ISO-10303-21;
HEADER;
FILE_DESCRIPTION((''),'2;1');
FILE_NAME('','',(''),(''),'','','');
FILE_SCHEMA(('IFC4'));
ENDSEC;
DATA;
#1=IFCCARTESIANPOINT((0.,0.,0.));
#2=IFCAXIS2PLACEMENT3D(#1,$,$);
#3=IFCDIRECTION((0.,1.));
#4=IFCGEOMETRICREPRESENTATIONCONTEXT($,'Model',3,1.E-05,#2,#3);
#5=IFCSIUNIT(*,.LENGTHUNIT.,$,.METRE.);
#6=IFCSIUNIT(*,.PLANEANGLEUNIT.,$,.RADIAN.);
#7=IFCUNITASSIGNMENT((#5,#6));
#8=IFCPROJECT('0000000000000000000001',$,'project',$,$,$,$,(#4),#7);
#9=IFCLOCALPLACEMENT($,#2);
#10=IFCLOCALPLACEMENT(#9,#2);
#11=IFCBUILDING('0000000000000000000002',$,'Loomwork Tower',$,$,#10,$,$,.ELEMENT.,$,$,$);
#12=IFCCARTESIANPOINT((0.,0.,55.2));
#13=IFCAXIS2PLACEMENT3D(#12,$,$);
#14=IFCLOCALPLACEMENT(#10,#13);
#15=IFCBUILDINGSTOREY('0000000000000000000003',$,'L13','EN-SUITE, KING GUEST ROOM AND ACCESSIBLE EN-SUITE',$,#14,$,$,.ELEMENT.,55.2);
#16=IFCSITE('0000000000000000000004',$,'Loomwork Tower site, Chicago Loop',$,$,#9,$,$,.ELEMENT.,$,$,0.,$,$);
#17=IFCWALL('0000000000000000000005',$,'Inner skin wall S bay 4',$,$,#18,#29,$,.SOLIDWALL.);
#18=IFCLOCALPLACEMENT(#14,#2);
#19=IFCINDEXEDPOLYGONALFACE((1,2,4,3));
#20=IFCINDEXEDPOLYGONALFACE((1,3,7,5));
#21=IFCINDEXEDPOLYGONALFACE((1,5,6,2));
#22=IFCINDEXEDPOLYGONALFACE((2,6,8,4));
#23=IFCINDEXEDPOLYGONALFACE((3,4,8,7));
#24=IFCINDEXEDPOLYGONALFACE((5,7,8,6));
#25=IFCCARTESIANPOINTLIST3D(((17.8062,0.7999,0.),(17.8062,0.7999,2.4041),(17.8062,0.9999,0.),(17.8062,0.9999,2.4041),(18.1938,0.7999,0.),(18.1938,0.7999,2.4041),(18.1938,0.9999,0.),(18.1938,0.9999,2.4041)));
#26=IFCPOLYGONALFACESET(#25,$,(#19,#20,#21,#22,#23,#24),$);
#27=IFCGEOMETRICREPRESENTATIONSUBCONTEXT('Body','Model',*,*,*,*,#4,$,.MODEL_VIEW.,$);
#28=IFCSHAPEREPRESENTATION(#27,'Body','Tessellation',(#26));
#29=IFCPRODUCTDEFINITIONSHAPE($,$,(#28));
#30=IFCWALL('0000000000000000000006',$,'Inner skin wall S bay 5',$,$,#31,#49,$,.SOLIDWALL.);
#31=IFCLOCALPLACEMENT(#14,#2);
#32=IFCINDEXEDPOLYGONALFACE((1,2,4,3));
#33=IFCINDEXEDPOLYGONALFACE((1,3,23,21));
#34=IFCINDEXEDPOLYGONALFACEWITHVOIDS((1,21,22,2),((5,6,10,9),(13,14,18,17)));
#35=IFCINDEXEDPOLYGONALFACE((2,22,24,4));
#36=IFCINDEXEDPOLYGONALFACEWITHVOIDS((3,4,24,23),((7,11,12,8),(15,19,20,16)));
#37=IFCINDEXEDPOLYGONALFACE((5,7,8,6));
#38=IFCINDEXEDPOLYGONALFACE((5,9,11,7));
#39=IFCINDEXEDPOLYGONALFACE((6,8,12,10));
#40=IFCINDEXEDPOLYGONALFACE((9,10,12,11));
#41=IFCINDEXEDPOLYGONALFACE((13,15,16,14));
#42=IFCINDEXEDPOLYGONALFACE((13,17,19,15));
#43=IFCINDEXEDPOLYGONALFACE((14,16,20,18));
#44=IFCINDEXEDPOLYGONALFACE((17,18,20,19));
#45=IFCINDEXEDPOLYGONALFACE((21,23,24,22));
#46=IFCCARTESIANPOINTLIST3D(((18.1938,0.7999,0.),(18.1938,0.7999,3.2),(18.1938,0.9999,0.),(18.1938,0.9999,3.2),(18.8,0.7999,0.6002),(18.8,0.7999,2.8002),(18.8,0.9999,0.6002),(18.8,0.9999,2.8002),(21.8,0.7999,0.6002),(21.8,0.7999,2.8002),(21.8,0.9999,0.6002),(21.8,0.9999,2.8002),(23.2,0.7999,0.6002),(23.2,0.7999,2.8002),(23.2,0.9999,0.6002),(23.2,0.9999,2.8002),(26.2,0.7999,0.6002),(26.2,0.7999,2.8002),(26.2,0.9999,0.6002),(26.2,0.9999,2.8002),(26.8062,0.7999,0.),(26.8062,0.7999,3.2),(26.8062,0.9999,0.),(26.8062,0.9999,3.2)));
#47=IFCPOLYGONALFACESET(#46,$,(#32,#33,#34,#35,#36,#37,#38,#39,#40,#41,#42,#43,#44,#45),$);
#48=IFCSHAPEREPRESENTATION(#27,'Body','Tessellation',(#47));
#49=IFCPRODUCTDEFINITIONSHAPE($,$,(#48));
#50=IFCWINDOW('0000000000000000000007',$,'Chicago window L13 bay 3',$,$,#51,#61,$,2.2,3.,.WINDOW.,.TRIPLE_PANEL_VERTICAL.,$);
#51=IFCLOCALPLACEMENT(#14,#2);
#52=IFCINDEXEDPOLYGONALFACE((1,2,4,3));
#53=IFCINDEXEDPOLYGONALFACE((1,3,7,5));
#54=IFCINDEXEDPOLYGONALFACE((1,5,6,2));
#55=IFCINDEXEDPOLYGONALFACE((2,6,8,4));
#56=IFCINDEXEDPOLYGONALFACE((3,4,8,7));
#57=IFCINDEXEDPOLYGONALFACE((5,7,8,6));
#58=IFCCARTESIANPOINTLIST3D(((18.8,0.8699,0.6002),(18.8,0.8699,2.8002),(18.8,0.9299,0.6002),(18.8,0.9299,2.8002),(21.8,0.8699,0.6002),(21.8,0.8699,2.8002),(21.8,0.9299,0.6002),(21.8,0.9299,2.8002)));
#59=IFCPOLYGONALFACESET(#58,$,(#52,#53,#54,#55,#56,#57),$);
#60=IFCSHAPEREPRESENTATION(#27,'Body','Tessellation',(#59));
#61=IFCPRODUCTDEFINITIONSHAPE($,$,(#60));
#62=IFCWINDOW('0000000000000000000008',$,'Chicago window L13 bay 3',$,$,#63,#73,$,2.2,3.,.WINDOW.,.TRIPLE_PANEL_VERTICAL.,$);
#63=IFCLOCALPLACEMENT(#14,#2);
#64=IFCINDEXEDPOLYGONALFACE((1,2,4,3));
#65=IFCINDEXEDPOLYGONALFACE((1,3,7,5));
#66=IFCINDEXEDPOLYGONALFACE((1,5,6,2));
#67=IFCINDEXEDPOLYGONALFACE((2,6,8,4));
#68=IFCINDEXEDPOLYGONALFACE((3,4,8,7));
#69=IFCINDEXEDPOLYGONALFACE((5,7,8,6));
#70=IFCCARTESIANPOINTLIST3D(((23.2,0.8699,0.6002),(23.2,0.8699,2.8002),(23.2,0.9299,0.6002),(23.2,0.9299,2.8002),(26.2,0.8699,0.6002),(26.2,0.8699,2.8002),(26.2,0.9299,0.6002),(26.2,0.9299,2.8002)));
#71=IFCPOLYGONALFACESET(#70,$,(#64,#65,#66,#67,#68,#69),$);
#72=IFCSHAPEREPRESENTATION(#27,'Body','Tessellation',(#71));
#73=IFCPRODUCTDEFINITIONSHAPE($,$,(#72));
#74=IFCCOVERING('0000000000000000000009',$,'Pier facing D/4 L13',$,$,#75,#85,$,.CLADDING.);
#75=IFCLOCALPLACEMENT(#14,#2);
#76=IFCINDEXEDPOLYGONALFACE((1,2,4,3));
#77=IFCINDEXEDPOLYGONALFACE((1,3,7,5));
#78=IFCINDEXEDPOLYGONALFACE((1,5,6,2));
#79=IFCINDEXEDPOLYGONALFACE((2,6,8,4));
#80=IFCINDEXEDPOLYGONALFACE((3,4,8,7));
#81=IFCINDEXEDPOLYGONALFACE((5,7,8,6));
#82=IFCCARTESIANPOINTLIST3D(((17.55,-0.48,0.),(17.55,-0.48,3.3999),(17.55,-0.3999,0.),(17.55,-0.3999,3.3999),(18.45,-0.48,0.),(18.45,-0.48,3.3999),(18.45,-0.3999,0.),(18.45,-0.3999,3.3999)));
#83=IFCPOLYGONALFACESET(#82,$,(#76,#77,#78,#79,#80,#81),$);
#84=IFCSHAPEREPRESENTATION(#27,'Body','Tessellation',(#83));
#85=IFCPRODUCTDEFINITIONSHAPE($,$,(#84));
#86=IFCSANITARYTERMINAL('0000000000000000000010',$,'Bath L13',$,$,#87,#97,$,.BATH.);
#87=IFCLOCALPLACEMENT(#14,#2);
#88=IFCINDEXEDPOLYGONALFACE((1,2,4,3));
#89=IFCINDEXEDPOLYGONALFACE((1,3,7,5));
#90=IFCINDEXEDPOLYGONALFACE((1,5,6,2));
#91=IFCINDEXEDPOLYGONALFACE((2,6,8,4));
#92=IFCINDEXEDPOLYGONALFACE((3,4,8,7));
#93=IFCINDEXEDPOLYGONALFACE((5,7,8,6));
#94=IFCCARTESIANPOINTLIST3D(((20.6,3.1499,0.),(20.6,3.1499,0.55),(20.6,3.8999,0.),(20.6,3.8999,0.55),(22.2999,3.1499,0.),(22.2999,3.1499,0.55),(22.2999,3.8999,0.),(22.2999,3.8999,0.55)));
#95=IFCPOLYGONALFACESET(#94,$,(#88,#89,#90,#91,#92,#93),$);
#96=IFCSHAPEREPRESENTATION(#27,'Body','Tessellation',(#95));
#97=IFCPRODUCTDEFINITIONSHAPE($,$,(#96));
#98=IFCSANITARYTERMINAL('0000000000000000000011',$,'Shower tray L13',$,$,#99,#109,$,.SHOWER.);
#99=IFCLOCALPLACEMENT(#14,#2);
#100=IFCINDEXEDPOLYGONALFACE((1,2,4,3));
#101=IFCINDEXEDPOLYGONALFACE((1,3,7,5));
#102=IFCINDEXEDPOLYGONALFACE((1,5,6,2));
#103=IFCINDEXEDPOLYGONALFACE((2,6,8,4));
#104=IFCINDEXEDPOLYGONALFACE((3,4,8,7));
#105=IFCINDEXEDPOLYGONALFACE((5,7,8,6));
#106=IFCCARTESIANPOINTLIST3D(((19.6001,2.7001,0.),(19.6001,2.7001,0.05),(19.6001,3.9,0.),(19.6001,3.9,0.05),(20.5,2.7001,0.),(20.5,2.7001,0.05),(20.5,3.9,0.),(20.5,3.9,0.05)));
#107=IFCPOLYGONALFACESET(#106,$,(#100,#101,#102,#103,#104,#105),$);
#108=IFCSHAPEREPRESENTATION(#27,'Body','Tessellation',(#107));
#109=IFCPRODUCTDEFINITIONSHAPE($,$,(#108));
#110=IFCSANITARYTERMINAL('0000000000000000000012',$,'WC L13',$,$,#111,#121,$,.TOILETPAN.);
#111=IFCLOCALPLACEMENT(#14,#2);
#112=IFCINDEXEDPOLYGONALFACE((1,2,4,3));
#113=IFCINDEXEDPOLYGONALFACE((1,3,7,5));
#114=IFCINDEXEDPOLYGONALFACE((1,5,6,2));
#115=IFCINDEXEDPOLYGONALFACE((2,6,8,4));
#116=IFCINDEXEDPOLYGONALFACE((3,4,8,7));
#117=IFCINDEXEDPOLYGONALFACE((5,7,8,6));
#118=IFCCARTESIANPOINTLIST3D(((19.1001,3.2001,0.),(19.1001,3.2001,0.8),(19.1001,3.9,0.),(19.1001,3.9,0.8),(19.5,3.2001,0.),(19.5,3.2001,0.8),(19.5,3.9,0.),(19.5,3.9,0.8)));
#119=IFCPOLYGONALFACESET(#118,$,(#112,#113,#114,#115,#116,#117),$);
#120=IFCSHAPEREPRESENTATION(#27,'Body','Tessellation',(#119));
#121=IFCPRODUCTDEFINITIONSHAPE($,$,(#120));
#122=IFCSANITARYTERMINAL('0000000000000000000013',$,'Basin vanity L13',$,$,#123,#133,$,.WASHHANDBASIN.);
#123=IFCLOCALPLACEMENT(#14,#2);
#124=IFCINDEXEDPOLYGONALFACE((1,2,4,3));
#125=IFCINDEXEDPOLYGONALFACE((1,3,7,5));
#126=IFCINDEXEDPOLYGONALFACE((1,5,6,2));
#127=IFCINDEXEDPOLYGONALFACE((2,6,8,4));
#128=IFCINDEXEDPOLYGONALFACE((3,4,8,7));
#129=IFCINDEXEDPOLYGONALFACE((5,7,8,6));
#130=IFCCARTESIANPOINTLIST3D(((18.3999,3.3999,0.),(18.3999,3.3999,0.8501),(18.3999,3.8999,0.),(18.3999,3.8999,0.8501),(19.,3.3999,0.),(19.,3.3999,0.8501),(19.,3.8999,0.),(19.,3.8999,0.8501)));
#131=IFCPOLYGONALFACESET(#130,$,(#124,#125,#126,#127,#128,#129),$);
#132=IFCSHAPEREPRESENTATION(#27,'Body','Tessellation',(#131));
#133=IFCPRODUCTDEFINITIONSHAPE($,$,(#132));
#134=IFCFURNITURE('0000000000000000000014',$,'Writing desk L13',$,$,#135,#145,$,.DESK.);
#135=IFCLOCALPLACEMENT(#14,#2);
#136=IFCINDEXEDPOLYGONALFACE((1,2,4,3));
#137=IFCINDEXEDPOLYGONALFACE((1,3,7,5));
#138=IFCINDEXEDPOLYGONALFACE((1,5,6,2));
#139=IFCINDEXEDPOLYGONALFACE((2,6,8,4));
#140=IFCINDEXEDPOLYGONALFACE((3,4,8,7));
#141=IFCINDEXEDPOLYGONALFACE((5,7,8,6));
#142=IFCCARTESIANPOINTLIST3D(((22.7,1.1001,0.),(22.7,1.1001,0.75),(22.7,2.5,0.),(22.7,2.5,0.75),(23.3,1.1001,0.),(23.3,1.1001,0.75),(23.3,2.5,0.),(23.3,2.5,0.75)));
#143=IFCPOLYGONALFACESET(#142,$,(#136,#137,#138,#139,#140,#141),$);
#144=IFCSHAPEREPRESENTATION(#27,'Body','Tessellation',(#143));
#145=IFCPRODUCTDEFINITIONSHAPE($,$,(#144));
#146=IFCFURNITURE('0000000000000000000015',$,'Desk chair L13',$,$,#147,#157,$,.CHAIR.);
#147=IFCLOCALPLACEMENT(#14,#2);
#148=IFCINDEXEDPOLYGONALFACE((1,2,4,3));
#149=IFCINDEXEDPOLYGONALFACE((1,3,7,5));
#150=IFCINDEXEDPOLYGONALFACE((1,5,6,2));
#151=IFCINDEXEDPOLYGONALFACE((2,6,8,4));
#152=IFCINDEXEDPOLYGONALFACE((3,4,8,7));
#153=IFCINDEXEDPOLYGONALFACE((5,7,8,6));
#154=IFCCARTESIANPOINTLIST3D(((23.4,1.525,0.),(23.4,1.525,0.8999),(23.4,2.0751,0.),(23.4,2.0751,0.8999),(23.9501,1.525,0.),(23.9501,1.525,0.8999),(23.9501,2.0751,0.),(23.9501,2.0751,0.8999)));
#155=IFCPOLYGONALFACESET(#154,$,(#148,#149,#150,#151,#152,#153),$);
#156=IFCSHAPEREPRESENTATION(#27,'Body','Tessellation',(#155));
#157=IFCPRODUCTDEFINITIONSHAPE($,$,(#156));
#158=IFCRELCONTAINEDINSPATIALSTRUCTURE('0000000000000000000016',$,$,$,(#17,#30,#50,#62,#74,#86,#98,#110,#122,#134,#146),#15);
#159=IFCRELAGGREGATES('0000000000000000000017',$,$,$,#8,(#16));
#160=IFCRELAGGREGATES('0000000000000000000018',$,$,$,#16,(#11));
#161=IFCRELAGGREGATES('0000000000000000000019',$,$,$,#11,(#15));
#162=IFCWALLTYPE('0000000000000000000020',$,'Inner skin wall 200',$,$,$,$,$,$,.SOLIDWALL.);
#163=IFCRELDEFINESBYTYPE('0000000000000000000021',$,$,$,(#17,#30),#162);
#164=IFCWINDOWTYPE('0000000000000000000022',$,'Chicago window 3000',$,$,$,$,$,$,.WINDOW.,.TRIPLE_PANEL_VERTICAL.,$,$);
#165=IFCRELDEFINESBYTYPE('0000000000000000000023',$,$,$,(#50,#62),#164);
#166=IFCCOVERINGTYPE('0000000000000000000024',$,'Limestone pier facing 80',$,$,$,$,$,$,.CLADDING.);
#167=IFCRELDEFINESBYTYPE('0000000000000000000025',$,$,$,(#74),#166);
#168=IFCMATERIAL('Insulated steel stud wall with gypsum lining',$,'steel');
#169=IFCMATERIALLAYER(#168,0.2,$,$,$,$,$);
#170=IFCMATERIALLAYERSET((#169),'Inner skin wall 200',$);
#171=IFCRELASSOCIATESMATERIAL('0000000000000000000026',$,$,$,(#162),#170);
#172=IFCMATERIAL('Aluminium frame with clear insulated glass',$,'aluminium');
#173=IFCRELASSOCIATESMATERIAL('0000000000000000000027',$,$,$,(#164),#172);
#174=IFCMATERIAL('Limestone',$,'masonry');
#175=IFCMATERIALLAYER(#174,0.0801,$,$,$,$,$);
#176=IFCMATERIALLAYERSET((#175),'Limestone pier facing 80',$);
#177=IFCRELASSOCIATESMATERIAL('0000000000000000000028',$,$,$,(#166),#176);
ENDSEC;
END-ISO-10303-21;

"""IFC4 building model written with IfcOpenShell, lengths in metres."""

from ifc_helpers import new_model, si_unit, direction, frame, frame_2d, origin, origin_2d, place, context, subcontext, project, spatial, rectangle, extrude, material, layer, layer_set, type_object, element, fill, save


model = new_model("IFC4")

# Units and contexts
model_context = context("Model", 3, precision=1e-05, world=origin(), true_north=direction((0.0, 1.0)))
body_context = subcontext(model_context, "Body", "Model", "MODEL_VIEW")
ifc_project = project(units=[si_unit("LENGTHUNIT", "METRE"), si_unit("PLANEANGLEUNIT", "RADIAN")], contexts=[model_context])

# Site, building, storey
site_placement = place(None, origin())
site = spatial("IfcSite", under=ifc_project, at=site_placement, Name="Loomwork Tower site, Chicago Loop", CompositionType="ELEMENT", RefElevation=0.0)
building_placement = place(site_placement, origin())
building = spatial("IfcBuilding", under=site, at=building_placement, Name="Loomwork Tower", CompositionType="ELEMENT")
storey_placement = place(building_placement, frame((0.0, 0.0, 55.2)))
storey = spatial("IfcBuildingStorey", under=building, at=storey_placement, Name="L13", Description="EN-SUITE, KING GUEST ROOM AND ACCESSIBLE EN-SUITE", CompositionType="ELEMENT", Elevation=55.2)

# Wall
ifc_material_1 = material(Name="Insulated steel stud wall with gypsum lining", Category="steel")
ifc_layer_1 = layer(ifc_material_1, 0.2)
ifc_layer_set_1 = layer_set([ifc_layer_1], Name="Inner skin wall 200")
wall_type_1 = type_object("IfcWallType", Name="Inner skin wall 200", PredefinedType="SOLIDWALL", material=ifc_layer_set_1)
wall_1_placement = place(storey_placement, frame((17.8062, 0.8999, 0.0), z_axis=(0.0, 0.0, 1.0), x_axis=(1.0, 0.0, 0.0)))
element("IfcWall", 1, at=wall_1_placement, inside=storey, type_object=wall_type_1, Name="Inner skin wall S bay 4", PredefinedType="SOLIDWALL", context=body_context, shape_type="SweptSolid", body=[
    extrude(rectangle(XDim=0.3877, YDim=0.2, at=frame_2d((0.1938, 0.0))), origin(), (0.0, 0.0, 1.0), 2.4041),
])

# Wall, openings, windows
wall_2_placement = place(storey_placement, frame((18.1938, 0.8999, 0.0), z_axis=(0.0, 0.0, 1.0), x_axis=(1.0, 0.0, 0.0)))
wall_2 = element("IfcWall", 2, at=wall_2_placement, inside=storey, type_object=wall_type_1, Name="Inner skin wall S bay 5", PredefinedType="SOLIDWALL", context=body_context, shape_type="SweptSolid", body=[
    extrude(rectangle(XDim=8.6123, YDim=0.2, at=frame_2d((4.3062, 0.0))), origin(), (0.0, 0.0, 1.0), 3.2),
])
opening_1_placement = place(wall_2_placement, frame((0.6062, 0.0, 0.6001)))
opening_1 = element("IfcOpeningElement", 3, at=opening_1_placement, cuts=wall_2, PredefinedType="OPENING", context=body_context, shape_type="SweptSolid", body=[
    extrude(rectangle(XDim=3.0, YDim=2.2, at=frame_2d((1.5, 1.1001))), frame((0.0, 0.1099, 0.0), z_axis=(0.0, -1.0, 0.0), x_axis=(1.0, 0.0, 0.0)), (0.0, 0.0, 1.0), 0.22),
])
opening_2_placement = place(wall_2_placement, frame((5.0061, 0.0, 0.6001)))
opening_2 = element("IfcOpeningElement", 4, at=opening_2_placement, cuts=wall_2, PredefinedType="OPENING", context=body_context, shape_type="SweptSolid", body=[
    extrude(rectangle(XDim=3.0, YDim=2.2, at=frame_2d((1.5, 1.1001))), frame((0.0, 0.1099, 0.0), z_axis=(0.0, -1.0, 0.0), x_axis=(1.0, 0.0, 0.0)), (0.0, 0.0, 1.0), 0.22),
])
ifc_material_2 = material(Name="Aluminium frame with clear insulated glass", Category="aluminium")
window_type = type_object("IfcWindowType", Name="Chicago window 3000", PartitioningType="TRIPLE_PANEL_VERTICAL", PredefinedType="WINDOW", material=ifc_material_2)
window_1_placement = place(opening_1_placement, origin())
window_1 = element("IfcWindow", 5, at=window_1_placement, inside=storey, type_object=window_type, Name="Chicago window L13 bay 3", OverallHeight=2.2, OverallWidth=3.0, PartitioningType="TRIPLE_PANEL_VERTICAL", PredefinedType="WINDOW", context=body_context, shape_type="SweptSolid", body=[
    extrude(rectangle(XDim=3.0, YDim=2.2, at=frame_2d((1.5, 1.1001))), frame((0.0, 0.03, 0.0), z_axis=(0.0, -1.0, 0.0), x_axis=(1.0, 0.0, 0.0)), (0.0, 0.0, 1.0), 0.0601),
])
fill(opening_1, window_1)
window_2_placement = place(opening_2_placement, origin())
window_2 = element("IfcWindow", 6, at=window_2_placement, inside=storey, type_object=window_type, Name="Chicago window L13 bay 3", OverallHeight=2.2, OverallWidth=3.0, PartitioningType="TRIPLE_PANEL_VERTICAL", PredefinedType="WINDOW", context=body_context, shape_type="SweptSolid", body=[
    extrude(rectangle(XDim=3.0, YDim=2.2, at=frame_2d((1.5, 1.1001))), frame((0.0, 0.03, 0.0), z_axis=(0.0, -1.0, 0.0), x_axis=(1.0, 0.0, 0.0)), (0.0, 0.0, 1.0), 0.0601),
])
fill(opening_2, window_2)

# Covering
ifc_material_3 = material(Name="Limestone", Category="masonry")
ifc_layer_2 = layer(ifc_material_3, 0.0801)
ifc_layer_set_2 = layer_set([ifc_layer_2], Name="Limestone pier facing 80")
covering_type = type_object("IfcCoveringType", Name="Limestone pier facing 80", PredefinedType="CLADDING", material=ifc_layer_set_2)
covering_placement = place(storey_placement, frame((18.0, -0.4399, 0.0), z_axis=(0.0, 0.0, 1.0), x_axis=(1.0, 0.0, 0.0)))
element("IfcCovering", 7, at=covering_placement, inside=storey, type_object=covering_type, Name="Pier facing D/4 L13", PredefinedType="CLADDING", context=body_context, shape_type="SweptSolid", body=[
    extrude(rectangle(XDim=0.8999, YDim=0.0801, at=origin_2d()), origin(), (0.0, 0.0, 1.0), 3.3999),
])

# Sanitary terminals
sanitary_terminal_1_placement = place(storey_placement, frame((21.45, 3.5249, 0.0), z_axis=(0.0, 0.0, 1.0), x_axis=(1.0, 0.0, 0.0)))
element("IfcSanitaryTerminal", 8, at=sanitary_terminal_1_placement, inside=storey, Name="Bath L13", PredefinedType="BATH", context=body_context, shape_type="SweptSolid", body=[
    extrude(rectangle(XDim=1.7, YDim=0.75, at=origin_2d()), origin(), (0.0, 0.0, 1.0), 0.55),
])
sanitary_terminal_2_placement = place(storey_placement, frame((20.05, 3.3, 0.0), z_axis=(0.0, 0.0, 1.0), x_axis=(1.0, 0.0, 0.0)))
element("IfcSanitaryTerminal", 9, at=sanitary_terminal_2_placement, inside=storey, Name="Shower tray L13", PredefinedType="SHOWER", context=body_context, shape_type="SweptSolid", body=[
    extrude(rectangle(XDim=0.8999, YDim=1.2, at=origin_2d()), origin(), (0.0, 0.0, 1.0), 0.05),
])
sanitary_terminal_3_placement = place(storey_placement, frame((19.3, 3.55, 0.0), z_axis=(0.0, 0.0, 1.0), x_axis=(1.0, 0.0, 0.0)))
element("IfcSanitaryTerminal", 10, at=sanitary_terminal_3_placement, inside=storey, Name="WC L13", PredefinedType="TOILETPAN", context=body_context, shape_type="SweptSolid", body=[
    extrude(rectangle(XDim=0.3999, YDim=0.7, at=origin_2d()), origin(), (0.0, 0.0, 1.0), 0.8),
])
sanitary_terminal_4_placement = place(storey_placement, frame((18.7, 3.6499, 0.0), z_axis=(0.0, 0.0, 1.0), x_axis=(1.0, 0.0, 0.0)))
element("IfcSanitaryTerminal", 11, at=sanitary_terminal_4_placement, inside=storey, Name="Basin vanity L13", PredefinedType="WASHHANDBASIN", context=body_context, shape_type="SweptSolid", body=[
    extrude(rectangle(XDim=0.6001, YDim=0.5, at=origin_2d()), origin(), (0.0, 0.0, 1.0), 0.8501),
])

# Furniture
furniture_1_placement = place(storey_placement, frame((23.0, 1.8, 0.0), z_axis=(0.0, 0.0, 1.0), x_axis=(1.0, 0.0, 0.0)))
element("IfcFurniture", 12, at=furniture_1_placement, inside=storey, Name="Writing desk L13", PredefinedType="DESK", context=body_context, shape_type="SweptSolid", body=[
    extrude(rectangle(XDim=0.6001, YDim=1.3999, at=origin_2d()), origin(), (0.0, 0.0, 1.0), 0.75),
])
furniture_2_placement = place(storey_placement, frame((23.675, 1.8, 0.0), z_axis=(0.0, 0.0, 1.0), x_axis=(1.0, 0.0, 0.0)))
element("IfcFurniture", 13, at=furniture_2_placement, inside=storey, Name="Desk chair L13", PredefinedType="CHAIR", context=body_context, shape_type="SweptSolid", body=[
    extrude(rectangle(XDim=0.55, YDim=0.55, at=origin_2d()), origin(), (0.0, 0.0, 1.0), 0.8999),
])

save(model, "model.ifc")
